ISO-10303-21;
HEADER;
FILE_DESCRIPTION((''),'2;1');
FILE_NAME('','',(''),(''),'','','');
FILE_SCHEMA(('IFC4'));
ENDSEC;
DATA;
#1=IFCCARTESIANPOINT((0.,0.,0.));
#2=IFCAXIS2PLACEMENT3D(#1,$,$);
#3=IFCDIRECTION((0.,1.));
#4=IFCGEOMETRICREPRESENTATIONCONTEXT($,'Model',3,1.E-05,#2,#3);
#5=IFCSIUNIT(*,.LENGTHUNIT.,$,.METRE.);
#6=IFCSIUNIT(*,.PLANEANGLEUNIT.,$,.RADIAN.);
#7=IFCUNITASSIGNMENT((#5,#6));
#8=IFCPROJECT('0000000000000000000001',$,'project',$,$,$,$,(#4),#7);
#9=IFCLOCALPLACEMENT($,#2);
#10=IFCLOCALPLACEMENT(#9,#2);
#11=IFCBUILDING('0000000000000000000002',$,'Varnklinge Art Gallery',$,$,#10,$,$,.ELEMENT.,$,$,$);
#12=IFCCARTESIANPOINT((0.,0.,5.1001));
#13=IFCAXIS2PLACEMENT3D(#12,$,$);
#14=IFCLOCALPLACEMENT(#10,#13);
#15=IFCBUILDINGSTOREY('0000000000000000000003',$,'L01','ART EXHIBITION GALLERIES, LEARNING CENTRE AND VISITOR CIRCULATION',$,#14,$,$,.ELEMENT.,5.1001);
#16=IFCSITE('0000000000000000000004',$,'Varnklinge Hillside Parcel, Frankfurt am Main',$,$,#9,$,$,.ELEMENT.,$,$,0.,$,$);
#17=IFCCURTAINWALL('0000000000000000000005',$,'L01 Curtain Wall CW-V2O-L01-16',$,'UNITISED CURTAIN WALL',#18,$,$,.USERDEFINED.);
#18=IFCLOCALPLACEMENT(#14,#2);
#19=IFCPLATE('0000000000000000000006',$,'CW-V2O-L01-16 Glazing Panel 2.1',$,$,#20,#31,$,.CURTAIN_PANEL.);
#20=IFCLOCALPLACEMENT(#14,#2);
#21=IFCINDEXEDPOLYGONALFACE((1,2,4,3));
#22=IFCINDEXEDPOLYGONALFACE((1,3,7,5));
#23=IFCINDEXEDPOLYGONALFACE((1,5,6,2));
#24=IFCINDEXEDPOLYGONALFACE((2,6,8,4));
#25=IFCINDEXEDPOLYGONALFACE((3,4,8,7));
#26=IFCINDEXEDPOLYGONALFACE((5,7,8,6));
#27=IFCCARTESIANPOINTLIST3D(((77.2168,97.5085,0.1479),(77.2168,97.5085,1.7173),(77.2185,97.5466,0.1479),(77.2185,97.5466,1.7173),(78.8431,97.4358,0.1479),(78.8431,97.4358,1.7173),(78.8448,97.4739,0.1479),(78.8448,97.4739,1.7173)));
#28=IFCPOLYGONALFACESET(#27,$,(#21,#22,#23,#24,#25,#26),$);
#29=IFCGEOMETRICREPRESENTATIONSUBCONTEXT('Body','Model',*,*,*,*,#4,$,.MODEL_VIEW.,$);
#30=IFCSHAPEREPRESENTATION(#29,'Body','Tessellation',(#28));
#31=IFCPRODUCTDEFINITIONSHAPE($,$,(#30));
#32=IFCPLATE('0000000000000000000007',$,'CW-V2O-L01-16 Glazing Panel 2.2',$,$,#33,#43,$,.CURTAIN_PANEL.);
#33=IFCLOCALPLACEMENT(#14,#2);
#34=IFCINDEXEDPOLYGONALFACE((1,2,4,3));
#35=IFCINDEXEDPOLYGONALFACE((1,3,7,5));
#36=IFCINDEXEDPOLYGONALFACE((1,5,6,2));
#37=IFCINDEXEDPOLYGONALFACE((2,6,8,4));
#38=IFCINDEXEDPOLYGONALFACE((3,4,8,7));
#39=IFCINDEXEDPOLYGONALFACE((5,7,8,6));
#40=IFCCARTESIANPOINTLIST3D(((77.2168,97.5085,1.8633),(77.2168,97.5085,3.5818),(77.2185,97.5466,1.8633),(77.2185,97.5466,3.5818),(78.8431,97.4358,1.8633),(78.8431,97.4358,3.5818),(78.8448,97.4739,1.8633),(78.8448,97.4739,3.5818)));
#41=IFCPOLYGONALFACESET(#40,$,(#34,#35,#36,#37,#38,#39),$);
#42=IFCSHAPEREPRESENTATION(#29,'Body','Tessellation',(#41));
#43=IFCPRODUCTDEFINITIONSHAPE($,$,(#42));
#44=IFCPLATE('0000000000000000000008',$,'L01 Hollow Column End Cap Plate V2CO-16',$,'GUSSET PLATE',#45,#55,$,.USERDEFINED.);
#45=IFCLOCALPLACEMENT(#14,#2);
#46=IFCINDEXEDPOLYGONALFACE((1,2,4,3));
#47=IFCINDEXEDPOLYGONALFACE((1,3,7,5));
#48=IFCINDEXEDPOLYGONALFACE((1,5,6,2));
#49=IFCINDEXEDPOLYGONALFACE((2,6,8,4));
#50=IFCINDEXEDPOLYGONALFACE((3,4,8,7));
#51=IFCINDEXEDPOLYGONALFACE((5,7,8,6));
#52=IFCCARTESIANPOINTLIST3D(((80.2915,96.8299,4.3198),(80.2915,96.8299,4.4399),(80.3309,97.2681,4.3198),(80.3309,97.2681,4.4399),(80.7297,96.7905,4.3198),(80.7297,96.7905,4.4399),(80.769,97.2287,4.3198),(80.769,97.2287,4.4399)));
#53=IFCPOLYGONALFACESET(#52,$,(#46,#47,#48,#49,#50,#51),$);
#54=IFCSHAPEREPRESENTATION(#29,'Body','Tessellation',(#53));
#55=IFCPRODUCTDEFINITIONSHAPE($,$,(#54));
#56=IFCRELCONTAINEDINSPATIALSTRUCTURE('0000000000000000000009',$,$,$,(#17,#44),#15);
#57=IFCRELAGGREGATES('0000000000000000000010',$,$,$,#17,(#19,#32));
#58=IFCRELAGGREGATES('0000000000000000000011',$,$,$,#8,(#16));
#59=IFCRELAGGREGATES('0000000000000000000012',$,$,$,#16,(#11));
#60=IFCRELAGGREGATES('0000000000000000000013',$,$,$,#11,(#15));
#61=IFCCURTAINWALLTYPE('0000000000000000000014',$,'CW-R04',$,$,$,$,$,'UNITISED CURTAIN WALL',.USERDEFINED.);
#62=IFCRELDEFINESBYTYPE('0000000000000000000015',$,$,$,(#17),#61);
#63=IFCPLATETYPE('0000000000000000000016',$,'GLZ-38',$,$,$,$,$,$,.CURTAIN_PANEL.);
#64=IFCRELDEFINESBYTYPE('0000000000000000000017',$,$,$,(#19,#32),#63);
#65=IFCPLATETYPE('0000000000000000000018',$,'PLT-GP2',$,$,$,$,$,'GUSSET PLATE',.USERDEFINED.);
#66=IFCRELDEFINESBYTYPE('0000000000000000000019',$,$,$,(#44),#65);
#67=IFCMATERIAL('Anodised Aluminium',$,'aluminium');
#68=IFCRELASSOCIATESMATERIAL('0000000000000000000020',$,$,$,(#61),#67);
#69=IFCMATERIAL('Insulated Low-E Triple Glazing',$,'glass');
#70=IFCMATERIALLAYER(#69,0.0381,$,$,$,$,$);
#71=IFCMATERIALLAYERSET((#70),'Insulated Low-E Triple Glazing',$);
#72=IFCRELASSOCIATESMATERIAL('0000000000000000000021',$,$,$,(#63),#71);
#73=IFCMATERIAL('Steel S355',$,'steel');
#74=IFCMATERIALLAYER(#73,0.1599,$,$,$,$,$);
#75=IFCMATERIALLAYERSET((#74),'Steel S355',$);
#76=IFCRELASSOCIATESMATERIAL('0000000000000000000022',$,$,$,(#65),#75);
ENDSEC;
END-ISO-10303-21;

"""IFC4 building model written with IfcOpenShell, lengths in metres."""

from ifc_helpers import new_model, si_unit, direction, frame, origin, origin_2d, place, context, subcontext, project, spatial, rectangle, extrude, material, layer, layer_set, type_object, element, aggregate, save


model = new_model("IFC4")

# Units and contexts
model_context = context("Model", 3, precision=1e-05, world=origin(), true_north=direction((0.0, 1.0)))
body_context = subcontext(model_context, "Body", "Model", "MODEL_VIEW")
ifc_project = project(units=[si_unit("LENGTHUNIT", "METRE"), si_unit("PLANEANGLEUNIT", "RADIAN")], contexts=[model_context])

# Site, building, storey
site_placement = place(None, origin())
site = spatial("IfcSite", under=ifc_project, at=site_placement, Name="Varnklinge Hillside Parcel, Frankfurt am Main", CompositionType="ELEMENT", RefElevation=0.0)
building_placement = place(site_placement, origin())
building = spatial("IfcBuilding", under=site, at=building_placement, Name="Varnklinge Art Gallery", CompositionType="ELEMENT")
storey_placement = place(building_placement, frame((0.0, 0.0, 5.1001)))
storey = spatial("IfcBuildingStorey", under=building, at=storey_placement, Name="L01", Description="ART EXHIBITION GALLERIES, LEARNING CENTRE AND VISITOR CIRCULATION", CompositionType="ELEMENT", Elevation=5.1001)

# Curtain wall
ifc_material_1 = material(Name="Anodised Aluminium", Category="aluminium")
curtain_wall_type = type_object("IfcCurtainWallType", Name="CW-R04", ElementType="UNITISED CURTAIN WALL", PredefinedType="USERDEFINED", material=ifc_material_1)
curtain_wall_1_placement = place(storey_placement, origin())
curtain_wall_1 = element("IfcCurtainWall", 1, at=curtain_wall_1_placement, inside=storey, type_object=curtain_wall_type, Name="L01 Curtain Wall CW-V2O-L01-16", ObjectType="UNITISED CURTAIN WALL", PredefinedType="USERDEFINED")

# Plates
ifc_material_2 = material(Name="Insulated Low-E Triple Glazing", Category="glass")
ifc_layer_1 = layer(ifc_material_2, 0.0381)
ifc_layer_set_1 = layer_set([ifc_layer_1], Name="Insulated Low-E Triple Glazing")
plate_type_1 = type_object("IfcPlateType", Name="GLZ-38", PredefinedType="CURTAIN_PANEL", material=ifc_layer_set_1)
plate_1_placement = place(storey_placement, frame((78.0308, 97.4912, 0.1479), z_axis=(0.0, 0.0, 1.0), x_axis=(-0.999002, 0.044666, 0.0)))
plate_1 = element("IfcPlate", 2, at=plate_1_placement, type_object=plate_type_1, Name="CW-V2O-L01-16 Glazing Panel 2.1", PredefinedType="CURTAIN_PANEL", context=body_context, shape_type="SweptSolid", body=[
    extrude(rectangle(XDim=1.6279, YDim=0.0381, at=origin_2d()), origin(), (0.0, 0.0, 1.0), 1.5693),
])
plate_2_placement = place(storey_placement, frame((78.0308, 97.4912, 1.8633), z_axis=(0.0, 0.0, 1.0), x_axis=(-0.999002, 0.044666, 0.0)))
plate_2 = element("IfcPlate", 3, at=plate_2_placement, type_object=plate_type_1, Name="CW-V2O-L01-16 Glazing Panel 2.2", PredefinedType="CURTAIN_PANEL", context=body_context, shape_type="SweptSolid", body=[
    extrude(rectangle(XDim=1.6279, YDim=0.0381, at=origin_2d()), origin(), (0.0, 0.0, 1.0), 1.7185),
])
aggregate(curtain_wall_1, [plate_1, plate_2])
ifc_material_3 = material(Name="Steel S355", Category="steel")
ifc_layer_2 = layer(ifc_material_3, 0.1599)
ifc_layer_set_2 = layer_set([ifc_layer_2], Name="Steel S355")
plate_type_2 = type_object("IfcPlateType", Name="PLT-GP2", ElementType="GUSSET PLATE", PredefinedType="USERDEFINED", material=ifc_layer_set_2)
plate_3_placement = place(storey_placement, frame((80.5303, 97.0293, 4.3198), z_axis=(0.0, 0.0, 1.0), x_axis=(-0.089416, -0.995994, 0.0)))
element("IfcPlate", 4, at=plate_3_placement, inside=storey, type_object=plate_type_2, Name="L01 Hollow Column End Cap Plate V2CO-16", ObjectType="GUSSET PLATE", PredefinedType="USERDEFINED", context=body_context, shape_type="SweptSolid", body=[
    extrude(rectangle(XDim=0.4399, YDim=0.4399, at=origin_2d()), origin(), (0.0, 0.0, 1.0), 0.1201),
])

save(model, "model.ifc")
